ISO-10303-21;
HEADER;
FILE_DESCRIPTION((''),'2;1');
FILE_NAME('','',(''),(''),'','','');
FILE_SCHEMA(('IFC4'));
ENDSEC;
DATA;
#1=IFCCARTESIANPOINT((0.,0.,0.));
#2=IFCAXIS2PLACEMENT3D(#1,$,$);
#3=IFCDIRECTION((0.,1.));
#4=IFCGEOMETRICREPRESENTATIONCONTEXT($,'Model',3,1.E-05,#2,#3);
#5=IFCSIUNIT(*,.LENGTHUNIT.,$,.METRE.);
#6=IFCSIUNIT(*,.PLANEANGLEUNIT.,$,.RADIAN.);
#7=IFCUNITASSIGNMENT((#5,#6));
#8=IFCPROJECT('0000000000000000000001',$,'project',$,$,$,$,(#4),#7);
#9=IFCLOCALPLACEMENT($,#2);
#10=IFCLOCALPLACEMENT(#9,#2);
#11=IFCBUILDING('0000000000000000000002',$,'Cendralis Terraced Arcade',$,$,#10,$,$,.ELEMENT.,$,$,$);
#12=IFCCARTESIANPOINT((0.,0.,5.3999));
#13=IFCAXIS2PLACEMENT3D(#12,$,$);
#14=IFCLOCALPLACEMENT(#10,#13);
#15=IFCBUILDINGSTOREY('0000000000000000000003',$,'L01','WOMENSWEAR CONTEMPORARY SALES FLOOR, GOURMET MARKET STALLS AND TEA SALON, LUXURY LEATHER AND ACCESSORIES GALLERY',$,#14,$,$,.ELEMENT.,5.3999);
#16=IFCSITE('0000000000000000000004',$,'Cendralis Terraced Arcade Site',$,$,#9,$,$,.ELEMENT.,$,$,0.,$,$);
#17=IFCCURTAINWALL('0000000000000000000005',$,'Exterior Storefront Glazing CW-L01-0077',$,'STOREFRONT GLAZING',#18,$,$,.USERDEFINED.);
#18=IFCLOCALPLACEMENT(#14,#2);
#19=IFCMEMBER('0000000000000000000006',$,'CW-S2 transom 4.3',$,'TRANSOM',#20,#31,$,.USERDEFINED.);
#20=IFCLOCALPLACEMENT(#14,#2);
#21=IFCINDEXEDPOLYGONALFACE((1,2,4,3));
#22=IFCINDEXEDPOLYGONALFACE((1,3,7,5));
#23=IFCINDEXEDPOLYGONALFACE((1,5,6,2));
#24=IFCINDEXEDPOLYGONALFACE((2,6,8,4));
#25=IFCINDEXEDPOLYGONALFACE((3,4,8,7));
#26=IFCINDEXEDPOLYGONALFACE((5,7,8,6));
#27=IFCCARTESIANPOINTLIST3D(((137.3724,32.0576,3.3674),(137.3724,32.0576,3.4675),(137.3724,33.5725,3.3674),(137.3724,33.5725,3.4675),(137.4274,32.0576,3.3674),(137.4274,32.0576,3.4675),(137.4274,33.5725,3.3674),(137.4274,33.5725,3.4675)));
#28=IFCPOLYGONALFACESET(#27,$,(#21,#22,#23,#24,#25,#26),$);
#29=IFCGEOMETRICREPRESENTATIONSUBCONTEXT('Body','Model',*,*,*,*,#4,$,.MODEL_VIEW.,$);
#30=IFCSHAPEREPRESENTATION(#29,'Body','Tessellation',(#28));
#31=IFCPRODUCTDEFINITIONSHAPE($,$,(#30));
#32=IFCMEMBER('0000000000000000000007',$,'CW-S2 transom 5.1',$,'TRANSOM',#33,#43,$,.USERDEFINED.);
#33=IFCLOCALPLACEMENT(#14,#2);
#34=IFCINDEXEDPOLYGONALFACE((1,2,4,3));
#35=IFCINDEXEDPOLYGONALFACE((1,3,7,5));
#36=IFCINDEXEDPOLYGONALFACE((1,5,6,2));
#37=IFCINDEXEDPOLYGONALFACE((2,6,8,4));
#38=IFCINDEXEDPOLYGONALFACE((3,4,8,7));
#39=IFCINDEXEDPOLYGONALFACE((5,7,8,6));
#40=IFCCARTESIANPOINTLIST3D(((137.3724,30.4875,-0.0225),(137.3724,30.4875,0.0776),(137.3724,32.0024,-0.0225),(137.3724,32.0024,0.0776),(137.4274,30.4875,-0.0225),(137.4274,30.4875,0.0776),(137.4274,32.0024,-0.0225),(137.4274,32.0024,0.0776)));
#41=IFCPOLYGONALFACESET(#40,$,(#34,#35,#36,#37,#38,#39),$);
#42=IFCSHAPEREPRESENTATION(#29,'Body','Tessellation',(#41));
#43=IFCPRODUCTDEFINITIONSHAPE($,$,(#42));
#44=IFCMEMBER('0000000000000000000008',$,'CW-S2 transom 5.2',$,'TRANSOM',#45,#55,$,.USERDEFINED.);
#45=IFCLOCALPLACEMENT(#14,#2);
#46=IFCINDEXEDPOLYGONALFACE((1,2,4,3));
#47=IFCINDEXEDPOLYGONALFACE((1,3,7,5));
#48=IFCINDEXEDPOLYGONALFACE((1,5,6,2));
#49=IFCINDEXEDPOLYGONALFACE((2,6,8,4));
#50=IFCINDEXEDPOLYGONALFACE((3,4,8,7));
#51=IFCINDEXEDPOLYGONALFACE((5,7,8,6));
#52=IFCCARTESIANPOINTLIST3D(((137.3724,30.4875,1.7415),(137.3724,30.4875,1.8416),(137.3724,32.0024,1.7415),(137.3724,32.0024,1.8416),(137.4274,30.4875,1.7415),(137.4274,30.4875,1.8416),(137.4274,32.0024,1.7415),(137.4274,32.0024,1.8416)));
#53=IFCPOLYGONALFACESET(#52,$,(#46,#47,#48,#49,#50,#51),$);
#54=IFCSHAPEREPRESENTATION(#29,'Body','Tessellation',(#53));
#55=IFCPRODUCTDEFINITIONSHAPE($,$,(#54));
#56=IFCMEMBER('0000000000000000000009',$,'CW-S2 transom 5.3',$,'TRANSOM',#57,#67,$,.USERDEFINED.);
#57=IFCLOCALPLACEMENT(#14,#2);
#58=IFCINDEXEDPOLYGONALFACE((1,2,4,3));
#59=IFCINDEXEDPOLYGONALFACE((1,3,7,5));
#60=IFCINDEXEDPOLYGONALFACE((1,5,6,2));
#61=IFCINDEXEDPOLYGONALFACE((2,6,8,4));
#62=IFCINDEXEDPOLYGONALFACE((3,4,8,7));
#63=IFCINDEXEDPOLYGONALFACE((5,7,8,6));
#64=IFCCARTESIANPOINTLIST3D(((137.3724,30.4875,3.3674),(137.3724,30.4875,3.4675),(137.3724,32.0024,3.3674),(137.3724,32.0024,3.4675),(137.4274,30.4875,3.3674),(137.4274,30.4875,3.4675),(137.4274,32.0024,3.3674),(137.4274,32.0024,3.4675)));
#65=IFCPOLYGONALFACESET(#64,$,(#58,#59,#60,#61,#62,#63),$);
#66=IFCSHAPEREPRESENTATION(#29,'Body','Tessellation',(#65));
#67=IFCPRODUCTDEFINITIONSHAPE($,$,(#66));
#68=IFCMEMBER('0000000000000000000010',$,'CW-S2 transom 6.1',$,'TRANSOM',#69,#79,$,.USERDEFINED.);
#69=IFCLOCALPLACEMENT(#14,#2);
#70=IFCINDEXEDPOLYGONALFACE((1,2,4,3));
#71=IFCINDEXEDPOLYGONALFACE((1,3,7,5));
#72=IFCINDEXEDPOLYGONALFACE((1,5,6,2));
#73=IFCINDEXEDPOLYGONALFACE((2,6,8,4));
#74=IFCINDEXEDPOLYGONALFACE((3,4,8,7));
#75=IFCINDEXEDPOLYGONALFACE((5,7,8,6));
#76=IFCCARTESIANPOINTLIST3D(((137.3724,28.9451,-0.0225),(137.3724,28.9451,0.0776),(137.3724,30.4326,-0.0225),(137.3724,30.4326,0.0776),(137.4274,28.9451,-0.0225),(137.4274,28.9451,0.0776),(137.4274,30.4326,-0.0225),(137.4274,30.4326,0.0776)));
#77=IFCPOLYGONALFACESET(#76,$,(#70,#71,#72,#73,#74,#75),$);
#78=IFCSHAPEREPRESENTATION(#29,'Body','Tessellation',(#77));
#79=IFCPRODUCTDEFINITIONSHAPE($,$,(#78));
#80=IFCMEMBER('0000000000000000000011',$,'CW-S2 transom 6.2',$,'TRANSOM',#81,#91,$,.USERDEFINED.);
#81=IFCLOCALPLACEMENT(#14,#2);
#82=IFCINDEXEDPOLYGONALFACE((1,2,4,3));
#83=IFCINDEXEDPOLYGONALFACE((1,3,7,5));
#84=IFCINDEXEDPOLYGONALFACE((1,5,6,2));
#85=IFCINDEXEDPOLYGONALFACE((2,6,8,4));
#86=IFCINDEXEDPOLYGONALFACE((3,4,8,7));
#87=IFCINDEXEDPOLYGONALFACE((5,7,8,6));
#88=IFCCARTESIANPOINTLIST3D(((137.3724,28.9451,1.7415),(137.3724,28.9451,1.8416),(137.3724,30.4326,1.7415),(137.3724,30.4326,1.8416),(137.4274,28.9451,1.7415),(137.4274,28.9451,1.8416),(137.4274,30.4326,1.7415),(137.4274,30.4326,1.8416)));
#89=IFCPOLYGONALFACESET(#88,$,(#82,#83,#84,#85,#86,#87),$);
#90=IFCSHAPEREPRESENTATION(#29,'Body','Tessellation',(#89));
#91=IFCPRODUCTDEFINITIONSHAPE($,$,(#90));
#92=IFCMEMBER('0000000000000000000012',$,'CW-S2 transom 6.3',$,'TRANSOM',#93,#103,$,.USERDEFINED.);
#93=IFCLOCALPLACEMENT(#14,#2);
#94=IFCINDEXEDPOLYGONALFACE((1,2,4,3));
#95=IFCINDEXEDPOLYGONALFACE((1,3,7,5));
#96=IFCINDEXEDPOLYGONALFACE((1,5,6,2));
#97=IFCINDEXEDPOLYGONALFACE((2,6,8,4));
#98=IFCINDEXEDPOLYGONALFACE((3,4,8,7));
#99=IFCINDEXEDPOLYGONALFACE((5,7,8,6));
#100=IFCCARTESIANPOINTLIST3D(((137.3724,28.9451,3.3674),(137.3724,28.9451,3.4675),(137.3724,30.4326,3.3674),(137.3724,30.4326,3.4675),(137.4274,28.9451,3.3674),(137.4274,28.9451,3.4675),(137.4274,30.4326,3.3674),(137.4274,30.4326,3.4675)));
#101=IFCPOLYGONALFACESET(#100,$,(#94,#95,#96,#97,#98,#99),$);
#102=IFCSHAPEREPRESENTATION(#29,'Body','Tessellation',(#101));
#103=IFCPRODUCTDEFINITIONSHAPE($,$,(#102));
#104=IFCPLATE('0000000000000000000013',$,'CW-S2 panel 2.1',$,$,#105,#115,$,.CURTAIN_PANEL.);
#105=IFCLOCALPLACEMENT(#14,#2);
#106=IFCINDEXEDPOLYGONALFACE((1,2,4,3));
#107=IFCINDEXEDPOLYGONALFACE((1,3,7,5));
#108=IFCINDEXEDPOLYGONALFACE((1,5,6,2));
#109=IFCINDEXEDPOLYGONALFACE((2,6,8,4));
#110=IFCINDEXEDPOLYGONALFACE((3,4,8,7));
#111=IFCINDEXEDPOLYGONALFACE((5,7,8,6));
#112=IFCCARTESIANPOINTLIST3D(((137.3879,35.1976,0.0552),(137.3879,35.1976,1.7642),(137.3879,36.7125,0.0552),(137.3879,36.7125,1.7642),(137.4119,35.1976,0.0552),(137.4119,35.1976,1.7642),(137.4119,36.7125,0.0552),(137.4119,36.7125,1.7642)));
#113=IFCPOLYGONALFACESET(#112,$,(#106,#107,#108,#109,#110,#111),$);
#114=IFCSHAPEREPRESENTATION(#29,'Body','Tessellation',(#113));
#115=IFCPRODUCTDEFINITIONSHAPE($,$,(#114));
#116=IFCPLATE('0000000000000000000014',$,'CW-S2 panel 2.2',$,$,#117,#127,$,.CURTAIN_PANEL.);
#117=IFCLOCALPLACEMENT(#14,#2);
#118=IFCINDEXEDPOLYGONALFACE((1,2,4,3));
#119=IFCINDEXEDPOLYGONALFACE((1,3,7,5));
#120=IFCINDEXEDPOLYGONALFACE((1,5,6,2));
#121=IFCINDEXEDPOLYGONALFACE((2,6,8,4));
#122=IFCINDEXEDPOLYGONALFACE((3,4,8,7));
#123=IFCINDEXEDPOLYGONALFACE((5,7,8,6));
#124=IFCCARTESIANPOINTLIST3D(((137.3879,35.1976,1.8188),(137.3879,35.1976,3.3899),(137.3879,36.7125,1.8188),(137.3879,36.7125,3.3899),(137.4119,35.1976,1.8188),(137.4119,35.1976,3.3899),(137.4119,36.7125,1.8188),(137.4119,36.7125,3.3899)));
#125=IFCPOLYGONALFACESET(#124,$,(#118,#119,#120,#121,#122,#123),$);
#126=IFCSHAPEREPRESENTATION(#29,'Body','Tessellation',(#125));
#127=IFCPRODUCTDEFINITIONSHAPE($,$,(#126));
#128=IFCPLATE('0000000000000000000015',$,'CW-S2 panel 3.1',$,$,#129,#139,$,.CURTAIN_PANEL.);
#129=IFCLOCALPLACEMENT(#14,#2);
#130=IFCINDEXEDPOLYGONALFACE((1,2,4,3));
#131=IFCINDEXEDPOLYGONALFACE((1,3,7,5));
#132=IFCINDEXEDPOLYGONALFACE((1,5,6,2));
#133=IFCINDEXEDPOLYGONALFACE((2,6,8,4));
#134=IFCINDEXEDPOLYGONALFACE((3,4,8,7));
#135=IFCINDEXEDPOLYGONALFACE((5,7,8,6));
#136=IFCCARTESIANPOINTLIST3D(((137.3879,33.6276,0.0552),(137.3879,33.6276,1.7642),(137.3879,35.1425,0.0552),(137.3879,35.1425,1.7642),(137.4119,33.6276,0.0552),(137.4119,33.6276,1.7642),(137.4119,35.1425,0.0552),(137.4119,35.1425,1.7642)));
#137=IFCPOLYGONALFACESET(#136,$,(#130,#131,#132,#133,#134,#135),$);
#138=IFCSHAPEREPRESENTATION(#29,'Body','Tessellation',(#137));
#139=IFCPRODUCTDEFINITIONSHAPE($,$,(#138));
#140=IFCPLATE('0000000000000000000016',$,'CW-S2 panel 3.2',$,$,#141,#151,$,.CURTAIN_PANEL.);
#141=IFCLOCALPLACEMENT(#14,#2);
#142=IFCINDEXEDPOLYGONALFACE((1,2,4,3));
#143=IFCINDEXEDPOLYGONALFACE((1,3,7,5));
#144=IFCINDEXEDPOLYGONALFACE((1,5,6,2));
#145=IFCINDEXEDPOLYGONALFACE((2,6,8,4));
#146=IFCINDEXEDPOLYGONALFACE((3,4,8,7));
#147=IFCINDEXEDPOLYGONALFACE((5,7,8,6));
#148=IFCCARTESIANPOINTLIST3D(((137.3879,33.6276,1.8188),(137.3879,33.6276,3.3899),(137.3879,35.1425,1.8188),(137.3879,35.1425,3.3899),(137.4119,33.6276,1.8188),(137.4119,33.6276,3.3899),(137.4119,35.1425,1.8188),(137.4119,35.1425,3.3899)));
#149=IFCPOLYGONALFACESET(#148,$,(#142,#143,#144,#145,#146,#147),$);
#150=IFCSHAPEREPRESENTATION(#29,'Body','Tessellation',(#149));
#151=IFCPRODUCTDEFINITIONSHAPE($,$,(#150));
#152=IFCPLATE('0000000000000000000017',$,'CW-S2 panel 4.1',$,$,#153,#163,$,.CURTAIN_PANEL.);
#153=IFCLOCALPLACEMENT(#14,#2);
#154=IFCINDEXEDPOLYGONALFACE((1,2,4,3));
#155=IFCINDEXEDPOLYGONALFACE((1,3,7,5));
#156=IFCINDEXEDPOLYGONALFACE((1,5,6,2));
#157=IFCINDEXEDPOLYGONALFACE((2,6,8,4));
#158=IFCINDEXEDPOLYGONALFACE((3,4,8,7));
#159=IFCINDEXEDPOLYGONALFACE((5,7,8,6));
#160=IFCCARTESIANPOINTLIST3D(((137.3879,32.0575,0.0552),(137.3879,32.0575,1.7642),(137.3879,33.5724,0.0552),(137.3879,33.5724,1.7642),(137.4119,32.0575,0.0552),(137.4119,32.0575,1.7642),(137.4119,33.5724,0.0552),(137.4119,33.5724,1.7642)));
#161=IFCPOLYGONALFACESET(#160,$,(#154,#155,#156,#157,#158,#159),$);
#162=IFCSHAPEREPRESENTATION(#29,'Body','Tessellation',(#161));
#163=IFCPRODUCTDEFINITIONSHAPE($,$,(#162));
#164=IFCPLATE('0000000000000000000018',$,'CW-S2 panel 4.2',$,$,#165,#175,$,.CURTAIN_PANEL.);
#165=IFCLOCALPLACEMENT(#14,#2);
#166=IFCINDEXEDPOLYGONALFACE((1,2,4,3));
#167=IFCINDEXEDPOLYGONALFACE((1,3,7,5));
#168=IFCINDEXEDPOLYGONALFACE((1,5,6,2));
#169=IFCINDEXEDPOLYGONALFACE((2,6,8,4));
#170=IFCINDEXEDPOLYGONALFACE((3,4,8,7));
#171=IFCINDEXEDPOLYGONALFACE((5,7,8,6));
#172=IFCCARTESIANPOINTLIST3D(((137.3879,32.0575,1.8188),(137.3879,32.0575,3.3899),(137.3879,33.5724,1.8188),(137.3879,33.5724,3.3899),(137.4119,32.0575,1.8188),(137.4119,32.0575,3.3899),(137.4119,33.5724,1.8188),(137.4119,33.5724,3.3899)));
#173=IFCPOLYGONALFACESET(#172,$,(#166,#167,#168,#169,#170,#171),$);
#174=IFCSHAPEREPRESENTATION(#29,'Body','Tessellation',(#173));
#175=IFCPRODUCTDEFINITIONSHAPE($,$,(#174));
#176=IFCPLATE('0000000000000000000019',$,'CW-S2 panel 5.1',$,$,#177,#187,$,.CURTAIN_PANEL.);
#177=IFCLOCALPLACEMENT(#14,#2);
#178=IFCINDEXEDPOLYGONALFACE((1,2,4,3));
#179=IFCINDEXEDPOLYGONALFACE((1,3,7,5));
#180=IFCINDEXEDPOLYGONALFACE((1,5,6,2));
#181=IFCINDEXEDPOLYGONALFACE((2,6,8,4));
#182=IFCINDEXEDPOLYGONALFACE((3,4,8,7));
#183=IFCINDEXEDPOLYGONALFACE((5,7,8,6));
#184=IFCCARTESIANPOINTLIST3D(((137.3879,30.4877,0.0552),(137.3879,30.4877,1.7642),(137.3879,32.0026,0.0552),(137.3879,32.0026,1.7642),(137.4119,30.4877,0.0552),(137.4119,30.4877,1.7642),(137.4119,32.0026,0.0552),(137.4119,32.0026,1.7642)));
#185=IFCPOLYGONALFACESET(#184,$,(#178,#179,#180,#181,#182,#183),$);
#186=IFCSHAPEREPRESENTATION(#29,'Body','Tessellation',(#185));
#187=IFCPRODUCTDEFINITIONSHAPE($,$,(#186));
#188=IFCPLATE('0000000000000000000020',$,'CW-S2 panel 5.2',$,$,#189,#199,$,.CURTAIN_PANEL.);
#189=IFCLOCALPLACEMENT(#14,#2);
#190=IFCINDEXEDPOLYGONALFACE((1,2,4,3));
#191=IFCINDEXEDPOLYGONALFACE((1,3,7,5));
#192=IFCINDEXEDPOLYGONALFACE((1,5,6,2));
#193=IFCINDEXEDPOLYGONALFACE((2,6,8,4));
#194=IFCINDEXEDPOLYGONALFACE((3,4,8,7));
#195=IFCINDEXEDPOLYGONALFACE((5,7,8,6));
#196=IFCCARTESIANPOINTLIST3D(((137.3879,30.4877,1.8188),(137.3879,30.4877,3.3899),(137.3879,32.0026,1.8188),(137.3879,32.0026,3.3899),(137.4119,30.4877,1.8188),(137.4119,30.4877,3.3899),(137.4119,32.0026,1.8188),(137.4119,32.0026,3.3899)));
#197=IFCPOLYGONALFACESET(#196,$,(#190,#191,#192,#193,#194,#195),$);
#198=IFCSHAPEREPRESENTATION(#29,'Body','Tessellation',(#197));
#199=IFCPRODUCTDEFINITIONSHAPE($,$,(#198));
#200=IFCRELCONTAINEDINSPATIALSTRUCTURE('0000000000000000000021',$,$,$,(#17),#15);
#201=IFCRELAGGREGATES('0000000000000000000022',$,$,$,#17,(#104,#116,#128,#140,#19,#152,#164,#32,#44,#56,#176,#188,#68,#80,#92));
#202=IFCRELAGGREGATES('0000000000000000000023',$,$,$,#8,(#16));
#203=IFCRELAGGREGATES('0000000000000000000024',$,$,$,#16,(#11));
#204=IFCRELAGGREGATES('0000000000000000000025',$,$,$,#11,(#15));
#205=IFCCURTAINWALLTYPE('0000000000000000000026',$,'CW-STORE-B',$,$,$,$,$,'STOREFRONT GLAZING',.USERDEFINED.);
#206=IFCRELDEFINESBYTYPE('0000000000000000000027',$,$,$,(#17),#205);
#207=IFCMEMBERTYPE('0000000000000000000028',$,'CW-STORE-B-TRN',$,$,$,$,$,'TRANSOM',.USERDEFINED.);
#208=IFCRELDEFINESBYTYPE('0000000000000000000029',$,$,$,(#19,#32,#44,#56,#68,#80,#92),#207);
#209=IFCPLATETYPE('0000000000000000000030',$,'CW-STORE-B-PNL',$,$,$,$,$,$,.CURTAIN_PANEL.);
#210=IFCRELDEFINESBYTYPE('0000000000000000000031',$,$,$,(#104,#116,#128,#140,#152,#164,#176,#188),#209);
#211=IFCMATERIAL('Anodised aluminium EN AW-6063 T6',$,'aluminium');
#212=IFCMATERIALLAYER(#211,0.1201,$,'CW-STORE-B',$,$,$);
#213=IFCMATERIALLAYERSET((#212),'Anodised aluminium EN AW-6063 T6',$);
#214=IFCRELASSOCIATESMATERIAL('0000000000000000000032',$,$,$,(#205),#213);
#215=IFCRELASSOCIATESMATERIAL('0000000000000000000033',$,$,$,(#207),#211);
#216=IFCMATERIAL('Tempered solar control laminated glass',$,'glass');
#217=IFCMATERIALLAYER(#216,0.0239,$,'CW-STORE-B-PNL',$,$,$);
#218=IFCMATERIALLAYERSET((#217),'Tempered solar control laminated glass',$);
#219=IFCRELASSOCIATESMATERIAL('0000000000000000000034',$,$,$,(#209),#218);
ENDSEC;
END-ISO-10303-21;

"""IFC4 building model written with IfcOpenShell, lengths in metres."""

from ifc_helpers import new_model, si_unit, direction, frame, origin, origin_2d, place, context, subcontext, project, spatial, rectangle, extrude, material, layer, layer_set, material_profile, profile_set, type_object, element, aggregate, save


model = new_model("IFC4")

# Units and contexts
model_context = context("Model", 3, precision=1e-05, world=origin(), true_north=direction((0.0, 1.0)))
body_context = subcontext(model_context, "Body", "Model", "MODEL_VIEW")
ifc_project = project(units=[si_unit("LENGTHUNIT", "METRE"), si_unit("PLANEANGLEUNIT", "RADIAN")], contexts=[model_context])

# Site, building, storey
site_placement = place(None, origin())
site = spatial("IfcSite", under=ifc_project, at=site_placement, Name="Cendralis Terraced Arcade Site", CompositionType="ELEMENT", RefElevation=0.0)
building_placement = place(site_placement, origin())
building = spatial("IfcBuilding", under=site, at=building_placement, Name="Cendralis Terraced Arcade", CompositionType="ELEMENT")
storey_placement = place(building_placement, frame((0.0, 0.0, 5.3999)))
storey = spatial("IfcBuildingStorey", under=building, at=storey_placement, Name="L01", Description="WOMENSWEAR CONTEMPORARY SALES FLOOR, GOURMET MARKET STALLS AND TEA SALON, LUXURY LEATHER AND ACCESSORIES GALLERY", CompositionType="ELEMENT", Elevation=5.3999)

# Curtain wall, members, plates
ifc_material_1 = material(Name="Anodised aluminium EN AW-6063 T6", Category="aluminium")
ifc_layer_1 = layer(ifc_material_1, 0.1201, Name="CW-STORE-B")
ifc_layer_set_1 = layer_set([ifc_layer_1], Name="Anodised aluminium EN AW-6063 T6")
curtain_wall_type = type_object("IfcCurtainWallType", Name="CW-STORE-B", ElementType="STOREFRONT GLAZING", PredefinedType="USERDEFINED", material=ifc_layer_set_1)
curtain_wall_placement = place(storey_placement, origin())
curtain_wall = element("IfcCurtainWall", 1, at=curtain_wall_placement, inside=storey, type_object=curtain_wall_type, Name="Exterior Storefront Glazing CW-L01-0077", ObjectType="STOREFRONT GLAZING", PredefinedType="USERDEFINED")
ifc_material_profile_1 = material_profile(ifc_material_1, rectangle(XDim=0.0549, YDim=0.1001, at=origin_2d()), Name="ALU-TRN-55x100")
ifc_profile_set_1 = profile_set([ifc_material_profile_1], Name="Anodised aluminium EN AW-6063 T6")
member_type_1 = type_object("IfcMemberType", Name="CW-STORE-B-TRN", ElementType="TRANSOM", PredefinedType="USERDEFINED", material=ifc_profile_set_1)
member_1_placement = place(storey_placement, frame((137.3999, 33.5725, 3.4175), z_axis=(0.0, -1.0, 0.0), x_axis=(1.0, 0.0, 0.0)))
member_1 = element("IfcMember", 2, at=member_1_placement, type_object=member_type_1, Name="CW-S2 transom 4.3", ObjectType="TRANSOM", PredefinedType="USERDEFINED", context=body_context, shape_type="SweptSolid", body=[
    extrude(rectangle(XDim=0.0549, YDim=0.1001, at=origin_2d()), origin(), (0.0, 0.0, 1.0), 1.5149),
])
member_2_placement = place(storey_placement, frame((137.3999, 32.0024, 0.0276), z_axis=(0.0, -1.0, 0.0), x_axis=(1.0, 0.0, 0.0)))
member_2 = element("IfcMember", 3, at=member_2_placement, type_object=member_type_1, Name="CW-S2 transom 5.1", ObjectType="TRANSOM", PredefinedType="USERDEFINED", context=body_context, shape_type="SweptSolid", body=[
    extrude(rectangle(XDim=0.0549, YDim=0.1001, at=origin_2d()), origin(), (0.0, 0.0, 1.0), 1.5149),
])
member_3_placement = place(storey_placement, frame((137.3999, 32.0024, 1.7915), z_axis=(0.0, -1.0, 0.0), x_axis=(1.0, 0.0, 0.0)))
member_3 = element("IfcMember", 4, at=member_3_placement, type_object=member_type_1, Name="CW-S2 transom 5.2", ObjectType="TRANSOM", PredefinedType="USERDEFINED", context=body_context, shape_type="SweptSolid", body=[
    extrude(rectangle(XDim=0.0549, YDim=0.1001, at=origin_2d()), origin(), (0.0, 0.0, 1.0), 1.5149),
])
member_4_placement = place(storey_placement, frame((137.3999, 32.0024, 3.4175), z_axis=(0.0, -1.0, 0.0), x_axis=(1.0, 0.0, 0.0)))
member_4 = element("IfcMember", 5, at=member_4_placement, type_object=member_type_1, Name="CW-S2 transom 5.3", ObjectType="TRANSOM", PredefinedType="USERDEFINED", context=body_context, shape_type="SweptSolid", body=[
    extrude(rectangle(XDim=0.0549, YDim=0.1001, at=origin_2d()), origin(), (0.0, 0.0, 1.0), 1.5149),
])
member_5_placement = place(storey_placement, frame((137.3999, 30.4326, 0.0276), z_axis=(0.0, -1.0, 0.0), x_axis=(1.0, 0.0, 0.0)))
member_5 = element("IfcMember", 6, at=member_5_placement, type_object=member_type_1, Name="CW-S2 transom 6.1", ObjectType="TRANSOM", PredefinedType="USERDEFINED", context=body_context, shape_type="SweptSolid", body=[
    extrude(rectangle(XDim=0.0549, YDim=0.1001, at=origin_2d()), origin(), (0.0, 0.0, 1.0), 1.4875),
])
member_6_placement = place(storey_placement, frame((137.3999, 30.4326, 1.7915), z_axis=(0.0, -1.0, 0.0), x_axis=(1.0, 0.0, 0.0)))
member_6 = element("IfcMember", 7, at=member_6_placement, type_object=member_type_1, Name="CW-S2 transom 6.2", ObjectType="TRANSOM", PredefinedType="USERDEFINED", context=body_context, shape_type="SweptSolid", body=[
    extrude(rectangle(XDim=0.0549, YDim=0.1001, at=origin_2d()), origin(), (0.0, 0.0, 1.0), 1.4875),
])
member_7_placement = place(storey_placement, frame((137.3999, 30.4326, 3.4175), z_axis=(0.0, -1.0, 0.0), x_axis=(1.0, 0.0, 0.0)))
member_7 = element("IfcMember", 8, at=member_7_placement, type_object=member_type_1, Name="CW-S2 transom 6.3", ObjectType="TRANSOM", PredefinedType="USERDEFINED", context=body_context, shape_type="SweptSolid", body=[
    extrude(rectangle(XDim=0.0549, YDim=0.1001, at=origin_2d()), origin(), (0.0, 0.0, 1.0), 1.4875),
])
ifc_material_2 = material(Name="Tempered solar control laminated glass", Category="glass")
ifc_layer_2 = layer(ifc_material_2, 0.0239, Name="CW-STORE-B-PNL")
ifc_layer_set_2 = layer_set([ifc_layer_2], Name="Tempered solar control laminated glass")
plate_type = type_object("IfcPlateType", Name="CW-STORE-B-PNL", PredefinedType="CURTAIN_PANEL", material=ifc_layer_set_2)
plate_1_placement = place(storey_placement, frame((137.3999, 35.9551, 0.0552), z_axis=(0.0, 0.0, 1.0), x_axis=(0.0, -1.0, 0.0)))
plate_1 = element("IfcPlate", 9, at=plate_1_placement, type_object=plate_type, Name="CW-S2 panel 2.1", PredefinedType="CURTAIN_PANEL", context=body_context, shape_type="SweptSolid", body=[
    extrude(rectangle(XDim=1.5149, YDim=0.0239, at=origin_2d()), origin(), (0.0, 0.0, 1.0), 1.709),
])
plate_2_placement = place(storey_placement, frame((137.3999, 35.9551, 1.8188), z_axis=(0.0, 0.0, 1.0), x_axis=(0.0, -1.0, 0.0)))
plate_2 = element("IfcPlate", 10, at=plate_2_placement, type_object=plate_type, Name="CW-S2 panel 2.2", PredefinedType="CURTAIN_PANEL", context=body_context, shape_type="SweptSolid", body=[
    extrude(rectangle(XDim=1.5149, YDim=0.0239, at=origin_2d()), origin(), (0.0, 0.0, 1.0), 1.571),
])
plate_3_placement = place(storey_placement, frame((137.3999, 34.385, 0.0552), z_axis=(0.0, 0.0, 1.0), x_axis=(0.0, -1.0, 0.0)))
plate_3 = element("IfcPlate", 11, at=plate_3_placement, type_object=plate_type, Name="CW-S2 panel 3.1", PredefinedType="CURTAIN_PANEL", context=body_context, shape_type="SweptSolid", body=[
    extrude(rectangle(XDim=1.5149, YDim=0.0239, at=origin_2d()), origin(), (0.0, 0.0, 1.0), 1.709),
])
plate_4_placement = place(storey_placement, frame((137.3999, 34.385, 1.8188), z_axis=(0.0, 0.0, 1.0), x_axis=(0.0, -1.0, 0.0)))
plate_4 = element("IfcPlate", 12, at=plate_4_placement, type_object=plate_type, Name="CW-S2 panel 3.2", PredefinedType="CURTAIN_PANEL", context=body_context, shape_type="SweptSolid", body=[
    extrude(rectangle(XDim=1.5149, YDim=0.0239, at=origin_2d()), origin(), (0.0, 0.0, 1.0), 1.571),
])
plate_5_placement = place(storey_placement, frame((137.3999, 32.8149, 0.0552), z_axis=(0.0, 0.0, 1.0), x_axis=(0.0, -1.0, 0.0)))
plate_5 = element("IfcPlate", 13, at=plate_5_placement, type_object=plate_type, Name="CW-S2 panel 4.1", PredefinedType="CURTAIN_PANEL", context=body_context, shape_type="SweptSolid", body=[
    extrude(rectangle(XDim=1.5149, YDim=0.0239, at=origin_2d()), origin(), (0.0, 0.0, 1.0), 1.709),
])
plate_6_placement = place(storey_placement, frame((137.3999, 32.8149, 1.8188), z_axis=(0.0, 0.0, 1.0), x_axis=(0.0, -1.0, 0.0)))
plate_6 = element("IfcPlate", 14, at=plate_6_placement, type_object=plate_type, Name="CW-S2 panel 4.2", PredefinedType="CURTAIN_PANEL", context=body_context, shape_type="SweptSolid", body=[
    extrude(rectangle(XDim=1.5149, YDim=0.0239, at=origin_2d()), origin(), (0.0, 0.0, 1.0), 1.571),
])
plate_7_placement = place(storey_placement, frame((137.3999, 31.2451, 0.0552), z_axis=(0.0, 0.0, 1.0), x_axis=(0.0, -1.0, 0.0)))
plate_7 = element("IfcPlate", 15, at=plate_7_placement, type_object=plate_type, Name="CW-S2 panel 5.1", PredefinedType="CURTAIN_PANEL", context=body_context, shape_type="SweptSolid", body=[
    extrude(rectangle(XDim=1.5149, YDim=0.0239, at=origin_2d()), origin(), (0.0, 0.0, 1.0), 1.709),
])
plate_8_placement = place(storey_placement, frame((137.3999, 31.2451, 1.8188), z_axis=(0.0, 0.0, 1.0), x_axis=(0.0, -1.0, 0.0)))
plate_8 = element("IfcPlate", 16, at=plate_8_placement, type_object=plate_type, Name="CW-S2 panel 5.2", PredefinedType="CURTAIN_PANEL", context=body_context, shape_type="SweptSolid", body=[
    extrude(rectangle(XDim=1.5149, YDim=0.0239, at=origin_2d()), origin(), (0.0, 0.0, 1.0), 1.571),
])
aggregate(curtain_wall, [plate_1, plate_2, plate_3, plate_4, member_1, plate_5, plate_6, member_2, member_3, member_4, plate_7, plate_8, member_5, member_6, member_7])

save(model, "model.ifc")
